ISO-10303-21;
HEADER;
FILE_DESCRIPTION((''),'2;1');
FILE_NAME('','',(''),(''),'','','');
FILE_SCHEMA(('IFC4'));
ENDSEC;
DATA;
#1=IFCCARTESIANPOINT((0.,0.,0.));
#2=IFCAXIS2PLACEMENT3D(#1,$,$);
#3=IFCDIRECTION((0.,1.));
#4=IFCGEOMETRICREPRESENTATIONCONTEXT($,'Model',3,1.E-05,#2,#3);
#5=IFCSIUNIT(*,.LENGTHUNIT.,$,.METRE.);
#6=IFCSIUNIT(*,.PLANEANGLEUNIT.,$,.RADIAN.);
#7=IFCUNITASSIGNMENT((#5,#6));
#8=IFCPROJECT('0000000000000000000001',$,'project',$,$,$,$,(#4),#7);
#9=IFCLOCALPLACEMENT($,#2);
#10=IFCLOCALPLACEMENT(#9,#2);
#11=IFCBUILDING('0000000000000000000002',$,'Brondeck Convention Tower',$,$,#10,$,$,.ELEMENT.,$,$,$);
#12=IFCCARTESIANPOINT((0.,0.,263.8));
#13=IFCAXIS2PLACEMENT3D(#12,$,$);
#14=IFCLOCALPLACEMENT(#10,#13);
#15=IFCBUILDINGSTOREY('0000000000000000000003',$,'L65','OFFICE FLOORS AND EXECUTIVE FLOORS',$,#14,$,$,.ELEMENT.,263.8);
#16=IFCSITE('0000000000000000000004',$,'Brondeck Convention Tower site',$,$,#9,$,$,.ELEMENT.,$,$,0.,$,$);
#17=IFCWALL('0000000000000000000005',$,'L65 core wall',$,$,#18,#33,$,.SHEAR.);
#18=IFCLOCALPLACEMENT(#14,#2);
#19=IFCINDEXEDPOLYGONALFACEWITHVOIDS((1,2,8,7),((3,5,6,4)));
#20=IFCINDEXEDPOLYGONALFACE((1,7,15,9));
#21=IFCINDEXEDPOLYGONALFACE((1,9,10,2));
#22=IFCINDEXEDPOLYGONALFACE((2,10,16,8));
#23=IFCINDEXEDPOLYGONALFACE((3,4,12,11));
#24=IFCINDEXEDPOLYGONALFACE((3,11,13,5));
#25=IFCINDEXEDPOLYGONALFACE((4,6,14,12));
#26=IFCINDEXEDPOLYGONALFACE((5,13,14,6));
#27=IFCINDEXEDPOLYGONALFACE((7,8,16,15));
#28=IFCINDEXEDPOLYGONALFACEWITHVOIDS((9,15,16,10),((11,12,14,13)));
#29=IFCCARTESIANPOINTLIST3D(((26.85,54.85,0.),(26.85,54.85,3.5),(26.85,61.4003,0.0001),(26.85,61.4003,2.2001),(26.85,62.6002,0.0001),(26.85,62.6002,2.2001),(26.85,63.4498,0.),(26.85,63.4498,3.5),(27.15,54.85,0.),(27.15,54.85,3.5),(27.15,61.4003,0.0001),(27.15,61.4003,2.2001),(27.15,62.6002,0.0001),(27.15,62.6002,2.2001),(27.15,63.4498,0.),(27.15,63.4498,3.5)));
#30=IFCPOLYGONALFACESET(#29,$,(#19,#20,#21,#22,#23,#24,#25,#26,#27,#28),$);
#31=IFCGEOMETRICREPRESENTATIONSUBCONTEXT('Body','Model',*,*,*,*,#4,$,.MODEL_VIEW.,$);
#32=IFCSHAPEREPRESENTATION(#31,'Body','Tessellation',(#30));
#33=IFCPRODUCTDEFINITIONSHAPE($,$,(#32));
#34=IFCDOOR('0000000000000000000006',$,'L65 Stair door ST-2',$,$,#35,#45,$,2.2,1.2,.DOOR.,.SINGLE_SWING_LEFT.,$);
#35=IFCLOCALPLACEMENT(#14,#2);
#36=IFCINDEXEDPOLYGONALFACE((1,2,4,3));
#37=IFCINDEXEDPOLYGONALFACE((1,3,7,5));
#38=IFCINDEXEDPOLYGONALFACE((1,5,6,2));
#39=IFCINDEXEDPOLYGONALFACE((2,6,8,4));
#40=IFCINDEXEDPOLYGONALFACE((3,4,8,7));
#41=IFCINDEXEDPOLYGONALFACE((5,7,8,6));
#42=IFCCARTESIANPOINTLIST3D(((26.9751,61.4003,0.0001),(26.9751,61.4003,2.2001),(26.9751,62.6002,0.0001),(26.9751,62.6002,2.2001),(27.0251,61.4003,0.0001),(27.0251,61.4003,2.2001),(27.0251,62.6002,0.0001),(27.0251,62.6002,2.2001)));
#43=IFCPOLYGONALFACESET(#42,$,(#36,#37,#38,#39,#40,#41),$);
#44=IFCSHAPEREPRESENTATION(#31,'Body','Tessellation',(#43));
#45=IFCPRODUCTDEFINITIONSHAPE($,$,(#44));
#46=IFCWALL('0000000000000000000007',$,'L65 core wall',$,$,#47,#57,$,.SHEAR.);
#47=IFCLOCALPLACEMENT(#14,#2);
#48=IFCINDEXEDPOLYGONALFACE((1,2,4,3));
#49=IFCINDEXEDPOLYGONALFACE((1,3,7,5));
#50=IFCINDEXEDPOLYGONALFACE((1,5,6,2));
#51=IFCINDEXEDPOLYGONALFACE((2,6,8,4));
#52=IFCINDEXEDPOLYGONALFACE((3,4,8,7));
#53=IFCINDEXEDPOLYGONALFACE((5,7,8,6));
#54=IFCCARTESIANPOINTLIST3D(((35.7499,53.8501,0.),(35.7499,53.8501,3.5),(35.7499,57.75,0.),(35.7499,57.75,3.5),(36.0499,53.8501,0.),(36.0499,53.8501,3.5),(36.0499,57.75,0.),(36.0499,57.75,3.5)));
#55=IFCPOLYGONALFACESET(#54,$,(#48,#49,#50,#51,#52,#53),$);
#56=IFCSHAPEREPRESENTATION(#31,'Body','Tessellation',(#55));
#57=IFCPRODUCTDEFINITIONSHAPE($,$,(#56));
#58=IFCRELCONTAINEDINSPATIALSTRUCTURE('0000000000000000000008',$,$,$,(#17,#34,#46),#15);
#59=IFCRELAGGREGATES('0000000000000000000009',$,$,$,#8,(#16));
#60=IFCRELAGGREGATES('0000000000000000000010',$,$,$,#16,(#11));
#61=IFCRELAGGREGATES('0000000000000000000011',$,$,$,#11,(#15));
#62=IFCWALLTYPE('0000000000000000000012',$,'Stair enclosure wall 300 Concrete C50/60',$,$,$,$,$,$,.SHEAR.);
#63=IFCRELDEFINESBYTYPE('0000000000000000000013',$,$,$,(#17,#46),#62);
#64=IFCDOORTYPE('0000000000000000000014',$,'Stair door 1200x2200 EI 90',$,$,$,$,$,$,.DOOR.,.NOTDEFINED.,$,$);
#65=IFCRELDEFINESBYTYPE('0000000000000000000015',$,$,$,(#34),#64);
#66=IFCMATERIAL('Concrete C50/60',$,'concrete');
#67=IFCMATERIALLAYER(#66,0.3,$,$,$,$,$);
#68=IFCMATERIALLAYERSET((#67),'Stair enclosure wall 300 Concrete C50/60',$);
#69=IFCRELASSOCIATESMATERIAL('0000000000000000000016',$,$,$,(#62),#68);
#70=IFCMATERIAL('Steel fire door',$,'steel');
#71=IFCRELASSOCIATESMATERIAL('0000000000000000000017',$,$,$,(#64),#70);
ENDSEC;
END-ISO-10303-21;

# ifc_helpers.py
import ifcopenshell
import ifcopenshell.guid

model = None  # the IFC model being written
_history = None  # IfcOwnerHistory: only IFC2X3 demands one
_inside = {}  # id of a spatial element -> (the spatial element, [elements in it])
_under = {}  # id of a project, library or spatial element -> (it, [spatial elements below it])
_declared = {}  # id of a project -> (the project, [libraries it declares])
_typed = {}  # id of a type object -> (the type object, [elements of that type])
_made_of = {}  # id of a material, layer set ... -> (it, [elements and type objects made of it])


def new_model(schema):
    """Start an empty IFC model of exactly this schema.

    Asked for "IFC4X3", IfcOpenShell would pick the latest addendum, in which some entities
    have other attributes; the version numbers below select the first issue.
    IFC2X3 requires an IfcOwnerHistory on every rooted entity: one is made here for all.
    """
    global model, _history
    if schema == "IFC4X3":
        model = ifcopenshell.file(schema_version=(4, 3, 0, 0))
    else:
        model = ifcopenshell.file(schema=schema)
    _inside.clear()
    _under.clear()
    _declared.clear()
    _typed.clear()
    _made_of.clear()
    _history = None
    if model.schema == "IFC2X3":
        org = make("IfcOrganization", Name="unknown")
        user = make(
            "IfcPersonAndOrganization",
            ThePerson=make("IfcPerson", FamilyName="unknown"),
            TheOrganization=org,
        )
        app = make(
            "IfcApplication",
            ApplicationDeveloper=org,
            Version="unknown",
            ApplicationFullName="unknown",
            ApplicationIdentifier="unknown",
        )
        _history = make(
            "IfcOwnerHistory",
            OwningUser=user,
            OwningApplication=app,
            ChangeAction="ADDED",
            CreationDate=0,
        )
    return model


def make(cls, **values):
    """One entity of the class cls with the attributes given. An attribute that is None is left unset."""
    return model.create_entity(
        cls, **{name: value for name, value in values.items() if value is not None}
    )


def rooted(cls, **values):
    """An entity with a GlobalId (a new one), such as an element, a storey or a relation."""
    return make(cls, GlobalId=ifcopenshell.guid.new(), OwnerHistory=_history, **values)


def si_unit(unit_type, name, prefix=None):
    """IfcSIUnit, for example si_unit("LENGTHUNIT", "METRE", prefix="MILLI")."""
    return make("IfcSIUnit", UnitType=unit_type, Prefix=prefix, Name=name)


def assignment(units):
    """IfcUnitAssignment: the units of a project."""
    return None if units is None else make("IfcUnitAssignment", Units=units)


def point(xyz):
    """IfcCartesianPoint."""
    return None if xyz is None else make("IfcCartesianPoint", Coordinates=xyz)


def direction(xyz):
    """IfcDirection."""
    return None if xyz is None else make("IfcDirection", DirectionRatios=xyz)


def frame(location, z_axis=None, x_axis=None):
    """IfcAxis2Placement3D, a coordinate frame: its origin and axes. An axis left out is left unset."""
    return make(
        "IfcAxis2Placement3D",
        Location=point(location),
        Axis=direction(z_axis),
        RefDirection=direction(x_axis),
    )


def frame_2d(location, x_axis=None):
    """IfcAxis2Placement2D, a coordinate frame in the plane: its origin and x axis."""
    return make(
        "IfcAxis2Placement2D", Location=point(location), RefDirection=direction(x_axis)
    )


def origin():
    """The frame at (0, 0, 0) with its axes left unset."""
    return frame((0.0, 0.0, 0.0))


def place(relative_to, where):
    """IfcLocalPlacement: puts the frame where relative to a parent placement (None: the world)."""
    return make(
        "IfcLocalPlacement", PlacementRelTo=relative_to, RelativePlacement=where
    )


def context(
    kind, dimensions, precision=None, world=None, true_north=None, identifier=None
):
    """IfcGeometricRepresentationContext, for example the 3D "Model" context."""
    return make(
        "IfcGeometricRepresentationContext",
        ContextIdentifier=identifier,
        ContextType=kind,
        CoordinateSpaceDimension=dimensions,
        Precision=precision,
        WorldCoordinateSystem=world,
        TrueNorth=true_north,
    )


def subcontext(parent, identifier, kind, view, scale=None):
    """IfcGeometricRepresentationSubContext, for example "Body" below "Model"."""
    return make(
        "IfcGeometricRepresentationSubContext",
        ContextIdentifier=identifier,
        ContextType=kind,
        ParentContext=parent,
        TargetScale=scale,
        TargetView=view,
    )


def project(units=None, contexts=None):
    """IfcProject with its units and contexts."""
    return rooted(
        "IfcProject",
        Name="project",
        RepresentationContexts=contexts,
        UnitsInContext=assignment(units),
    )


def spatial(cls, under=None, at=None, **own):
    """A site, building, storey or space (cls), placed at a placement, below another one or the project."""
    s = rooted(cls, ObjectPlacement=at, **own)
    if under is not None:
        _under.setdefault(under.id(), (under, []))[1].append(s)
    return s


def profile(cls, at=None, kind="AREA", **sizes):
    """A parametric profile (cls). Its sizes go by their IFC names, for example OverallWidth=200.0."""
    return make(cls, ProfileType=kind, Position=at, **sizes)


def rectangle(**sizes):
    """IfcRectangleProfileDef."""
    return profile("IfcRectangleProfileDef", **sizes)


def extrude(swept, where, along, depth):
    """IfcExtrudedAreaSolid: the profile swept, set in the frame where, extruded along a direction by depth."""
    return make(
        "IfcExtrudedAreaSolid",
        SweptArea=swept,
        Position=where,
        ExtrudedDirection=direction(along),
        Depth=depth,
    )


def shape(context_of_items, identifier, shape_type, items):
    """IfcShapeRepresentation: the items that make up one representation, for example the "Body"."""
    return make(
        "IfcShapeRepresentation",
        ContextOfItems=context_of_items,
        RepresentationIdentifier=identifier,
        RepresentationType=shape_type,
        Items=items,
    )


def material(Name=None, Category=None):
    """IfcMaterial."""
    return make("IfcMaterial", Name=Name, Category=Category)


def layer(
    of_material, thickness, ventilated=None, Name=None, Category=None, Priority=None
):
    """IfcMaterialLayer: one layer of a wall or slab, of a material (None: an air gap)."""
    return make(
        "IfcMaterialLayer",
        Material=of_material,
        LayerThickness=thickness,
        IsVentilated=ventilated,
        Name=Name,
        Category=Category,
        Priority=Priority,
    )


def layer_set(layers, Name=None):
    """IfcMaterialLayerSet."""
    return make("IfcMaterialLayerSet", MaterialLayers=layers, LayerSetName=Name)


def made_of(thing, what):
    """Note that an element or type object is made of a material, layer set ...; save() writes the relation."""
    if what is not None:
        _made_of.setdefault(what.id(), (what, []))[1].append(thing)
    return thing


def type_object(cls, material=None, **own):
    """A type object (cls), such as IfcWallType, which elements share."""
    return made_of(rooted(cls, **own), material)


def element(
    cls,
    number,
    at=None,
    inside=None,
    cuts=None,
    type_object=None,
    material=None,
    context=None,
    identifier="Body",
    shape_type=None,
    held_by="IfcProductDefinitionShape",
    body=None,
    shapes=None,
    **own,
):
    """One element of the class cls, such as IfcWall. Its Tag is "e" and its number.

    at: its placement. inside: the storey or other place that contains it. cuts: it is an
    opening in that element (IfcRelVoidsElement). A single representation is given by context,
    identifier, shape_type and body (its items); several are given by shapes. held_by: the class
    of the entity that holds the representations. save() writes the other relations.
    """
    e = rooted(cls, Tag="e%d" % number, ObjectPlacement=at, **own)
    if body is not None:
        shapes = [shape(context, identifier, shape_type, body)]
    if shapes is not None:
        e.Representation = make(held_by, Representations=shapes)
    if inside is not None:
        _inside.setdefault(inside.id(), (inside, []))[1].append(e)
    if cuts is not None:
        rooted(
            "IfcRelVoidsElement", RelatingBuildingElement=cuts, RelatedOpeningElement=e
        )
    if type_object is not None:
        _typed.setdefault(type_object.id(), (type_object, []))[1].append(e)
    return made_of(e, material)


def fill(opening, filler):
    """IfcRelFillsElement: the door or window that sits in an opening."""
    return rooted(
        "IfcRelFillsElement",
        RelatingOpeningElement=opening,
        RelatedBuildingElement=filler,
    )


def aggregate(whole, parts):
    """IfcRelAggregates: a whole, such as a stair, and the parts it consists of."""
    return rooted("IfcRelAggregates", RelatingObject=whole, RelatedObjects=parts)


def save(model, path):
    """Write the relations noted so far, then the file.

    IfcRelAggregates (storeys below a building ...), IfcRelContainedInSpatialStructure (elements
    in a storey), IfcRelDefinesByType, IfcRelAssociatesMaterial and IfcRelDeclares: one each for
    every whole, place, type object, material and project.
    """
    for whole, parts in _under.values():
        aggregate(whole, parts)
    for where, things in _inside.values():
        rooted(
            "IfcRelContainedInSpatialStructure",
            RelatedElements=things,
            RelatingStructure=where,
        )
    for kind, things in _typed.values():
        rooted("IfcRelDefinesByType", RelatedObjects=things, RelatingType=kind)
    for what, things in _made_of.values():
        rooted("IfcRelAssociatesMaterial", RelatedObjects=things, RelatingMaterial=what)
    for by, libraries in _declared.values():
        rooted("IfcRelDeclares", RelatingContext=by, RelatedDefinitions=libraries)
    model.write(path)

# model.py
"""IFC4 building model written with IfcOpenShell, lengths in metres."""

from ifc_helpers import new_model, si_unit, direction, frame, frame_2d, origin, place, context, subcontext, project, spatial, rectangle, extrude, material, layer, layer_set, type_object, element, fill, save


model = new_model("IFC4")

# Units and contexts
model_context = context("Model", 3, precision=1e-05, world=origin(), true_north=direction((0.0, 1.0)))
body_context = subcontext(model_context, "Body", "Model", "MODEL_VIEW")
ifc_project = project(units=[si_unit("LENGTHUNIT", "METRE"), si_unit("PLANEANGLEUNIT", "RADIAN")], contexts=[model_context])

# Site, building, storey
site_placement = place(None, origin())
site = spatial("IfcSite", under=ifc_project, at=site_placement, Name="Brondeck Convention Tower site", CompositionType="ELEMENT", RefElevation=0.0)
building_placement = place(site_placement, origin())
building = spatial("IfcBuilding", under=site, at=building_placement, Name="Brondeck Convention Tower", CompositionType="ELEMENT")
storey_placement = place(building_placement, frame((0.0, 0.0, 263.8)))
storey = spatial("IfcBuildingStorey", under=building, at=storey_placement, Name="L65", Description="OFFICE FLOORS AND EXECUTIVE FLOORS", CompositionType="ELEMENT", Elevation=263.8)

# Shared definitions
ifc_material_1 = material(Name="Concrete C50/60", Category="concrete")

# Wall, opening, door
ifc_layer_1 = layer(ifc_material_1, 0.3)
ifc_layer_set_1 = layer_set([ifc_layer_1], Name="Stair enclosure wall 300 Concrete C50/60")
wall_type_1 = type_object("IfcWallType", Name="Stair enclosure wall 300 Concrete C50/60", PredefinedType="SHEAR", material=ifc_layer_set_1)
ifc_material_2 = material(Name="Steel fire door", Category="steel")
door_type_1 = type_object("IfcDoorType", Name="Stair door 1200x2200 EI 90", OperationType="NOTDEFINED", PredefinedType="DOOR", material=ifc_material_2)
wall_1_placement = place(storey_placement, frame((27.0, 54.8501, 0.0), z_axis=(0.0, 0.0, 1.0), x_axis=(0.0, 1.0, 0.0)))
wall_1 = element("IfcWall", 1, at=wall_1_placement, inside=storey, type_object=wall_type_1, Name="L65 core wall", PredefinedType="SHEAR", context=body_context, shape_type="SweptSolid", body=[
    extrude(rectangle(XDim=8.5999, YDim=0.3, at=frame_2d((4.2998, 0.0))), origin(), (0.0, 0.0, 1.0), 3.5),
])
opening_1_placement = place(wall_1_placement, frame((6.55, 0.0, 0.0)))
opening_1 = element("IfcOpeningElement", 2, at=opening_1_placement, cuts=wall_1, PredefinedType="OPENING", context=body_context, shape_type="SweptSolid", body=[
    extrude(rectangle(XDim=1.2, YDim=2.2, at=frame_2d((0.6001, 1.1001))), frame((0.0, 0.1599, 0.0), z_axis=(0.0, -1.0, 0.0), x_axis=(1.0, 0.0, 0.0)), (0.0, 0.0, 1.0), 0.3201),
])
door_1_placement = place(opening_1_placement, origin())
door_1 = element("IfcDoor", 3, at=door_1_placement, inside=storey, type_object=door_type_1, Name="L65 Stair door ST-2", OperationType="SINGLE_SWING_LEFT", OverallHeight=2.2, OverallWidth=1.2, PredefinedType="DOOR", context=body_context, shape_type="SweptSolid", body=[
    extrude(rectangle(XDim=1.2, YDim=2.2, at=frame_2d((0.6001, 1.1001))), frame((0.0, 0.0249, 0.0), z_axis=(0.0, -1.0, 0.0), x_axis=(1.0, 0.0, 0.0)), (0.0, 0.0, 1.0), 0.05),
])
fill(opening_1, door_1)

# Wall
wall_2_placement = place(storey_placement, frame((35.8999, 53.8501, 0.0), z_axis=(0.0, 0.0, 1.0), x_axis=(0.0, 1.0, 0.0)))
element("IfcWall", 4, at=wall_2_placement, inside=storey, type_object=wall_type_1, Name="L65 core wall", PredefinedType="SHEAR", context=body_context, shape_type="SweptSolid", body=[
    extrude(rectangle(XDim=3.8999, YDim=0.3, at=frame_2d((1.95, 0.0))), origin(), (0.0, 0.0, 1.0), 3.5),
])

save(model, "model.ifc")
